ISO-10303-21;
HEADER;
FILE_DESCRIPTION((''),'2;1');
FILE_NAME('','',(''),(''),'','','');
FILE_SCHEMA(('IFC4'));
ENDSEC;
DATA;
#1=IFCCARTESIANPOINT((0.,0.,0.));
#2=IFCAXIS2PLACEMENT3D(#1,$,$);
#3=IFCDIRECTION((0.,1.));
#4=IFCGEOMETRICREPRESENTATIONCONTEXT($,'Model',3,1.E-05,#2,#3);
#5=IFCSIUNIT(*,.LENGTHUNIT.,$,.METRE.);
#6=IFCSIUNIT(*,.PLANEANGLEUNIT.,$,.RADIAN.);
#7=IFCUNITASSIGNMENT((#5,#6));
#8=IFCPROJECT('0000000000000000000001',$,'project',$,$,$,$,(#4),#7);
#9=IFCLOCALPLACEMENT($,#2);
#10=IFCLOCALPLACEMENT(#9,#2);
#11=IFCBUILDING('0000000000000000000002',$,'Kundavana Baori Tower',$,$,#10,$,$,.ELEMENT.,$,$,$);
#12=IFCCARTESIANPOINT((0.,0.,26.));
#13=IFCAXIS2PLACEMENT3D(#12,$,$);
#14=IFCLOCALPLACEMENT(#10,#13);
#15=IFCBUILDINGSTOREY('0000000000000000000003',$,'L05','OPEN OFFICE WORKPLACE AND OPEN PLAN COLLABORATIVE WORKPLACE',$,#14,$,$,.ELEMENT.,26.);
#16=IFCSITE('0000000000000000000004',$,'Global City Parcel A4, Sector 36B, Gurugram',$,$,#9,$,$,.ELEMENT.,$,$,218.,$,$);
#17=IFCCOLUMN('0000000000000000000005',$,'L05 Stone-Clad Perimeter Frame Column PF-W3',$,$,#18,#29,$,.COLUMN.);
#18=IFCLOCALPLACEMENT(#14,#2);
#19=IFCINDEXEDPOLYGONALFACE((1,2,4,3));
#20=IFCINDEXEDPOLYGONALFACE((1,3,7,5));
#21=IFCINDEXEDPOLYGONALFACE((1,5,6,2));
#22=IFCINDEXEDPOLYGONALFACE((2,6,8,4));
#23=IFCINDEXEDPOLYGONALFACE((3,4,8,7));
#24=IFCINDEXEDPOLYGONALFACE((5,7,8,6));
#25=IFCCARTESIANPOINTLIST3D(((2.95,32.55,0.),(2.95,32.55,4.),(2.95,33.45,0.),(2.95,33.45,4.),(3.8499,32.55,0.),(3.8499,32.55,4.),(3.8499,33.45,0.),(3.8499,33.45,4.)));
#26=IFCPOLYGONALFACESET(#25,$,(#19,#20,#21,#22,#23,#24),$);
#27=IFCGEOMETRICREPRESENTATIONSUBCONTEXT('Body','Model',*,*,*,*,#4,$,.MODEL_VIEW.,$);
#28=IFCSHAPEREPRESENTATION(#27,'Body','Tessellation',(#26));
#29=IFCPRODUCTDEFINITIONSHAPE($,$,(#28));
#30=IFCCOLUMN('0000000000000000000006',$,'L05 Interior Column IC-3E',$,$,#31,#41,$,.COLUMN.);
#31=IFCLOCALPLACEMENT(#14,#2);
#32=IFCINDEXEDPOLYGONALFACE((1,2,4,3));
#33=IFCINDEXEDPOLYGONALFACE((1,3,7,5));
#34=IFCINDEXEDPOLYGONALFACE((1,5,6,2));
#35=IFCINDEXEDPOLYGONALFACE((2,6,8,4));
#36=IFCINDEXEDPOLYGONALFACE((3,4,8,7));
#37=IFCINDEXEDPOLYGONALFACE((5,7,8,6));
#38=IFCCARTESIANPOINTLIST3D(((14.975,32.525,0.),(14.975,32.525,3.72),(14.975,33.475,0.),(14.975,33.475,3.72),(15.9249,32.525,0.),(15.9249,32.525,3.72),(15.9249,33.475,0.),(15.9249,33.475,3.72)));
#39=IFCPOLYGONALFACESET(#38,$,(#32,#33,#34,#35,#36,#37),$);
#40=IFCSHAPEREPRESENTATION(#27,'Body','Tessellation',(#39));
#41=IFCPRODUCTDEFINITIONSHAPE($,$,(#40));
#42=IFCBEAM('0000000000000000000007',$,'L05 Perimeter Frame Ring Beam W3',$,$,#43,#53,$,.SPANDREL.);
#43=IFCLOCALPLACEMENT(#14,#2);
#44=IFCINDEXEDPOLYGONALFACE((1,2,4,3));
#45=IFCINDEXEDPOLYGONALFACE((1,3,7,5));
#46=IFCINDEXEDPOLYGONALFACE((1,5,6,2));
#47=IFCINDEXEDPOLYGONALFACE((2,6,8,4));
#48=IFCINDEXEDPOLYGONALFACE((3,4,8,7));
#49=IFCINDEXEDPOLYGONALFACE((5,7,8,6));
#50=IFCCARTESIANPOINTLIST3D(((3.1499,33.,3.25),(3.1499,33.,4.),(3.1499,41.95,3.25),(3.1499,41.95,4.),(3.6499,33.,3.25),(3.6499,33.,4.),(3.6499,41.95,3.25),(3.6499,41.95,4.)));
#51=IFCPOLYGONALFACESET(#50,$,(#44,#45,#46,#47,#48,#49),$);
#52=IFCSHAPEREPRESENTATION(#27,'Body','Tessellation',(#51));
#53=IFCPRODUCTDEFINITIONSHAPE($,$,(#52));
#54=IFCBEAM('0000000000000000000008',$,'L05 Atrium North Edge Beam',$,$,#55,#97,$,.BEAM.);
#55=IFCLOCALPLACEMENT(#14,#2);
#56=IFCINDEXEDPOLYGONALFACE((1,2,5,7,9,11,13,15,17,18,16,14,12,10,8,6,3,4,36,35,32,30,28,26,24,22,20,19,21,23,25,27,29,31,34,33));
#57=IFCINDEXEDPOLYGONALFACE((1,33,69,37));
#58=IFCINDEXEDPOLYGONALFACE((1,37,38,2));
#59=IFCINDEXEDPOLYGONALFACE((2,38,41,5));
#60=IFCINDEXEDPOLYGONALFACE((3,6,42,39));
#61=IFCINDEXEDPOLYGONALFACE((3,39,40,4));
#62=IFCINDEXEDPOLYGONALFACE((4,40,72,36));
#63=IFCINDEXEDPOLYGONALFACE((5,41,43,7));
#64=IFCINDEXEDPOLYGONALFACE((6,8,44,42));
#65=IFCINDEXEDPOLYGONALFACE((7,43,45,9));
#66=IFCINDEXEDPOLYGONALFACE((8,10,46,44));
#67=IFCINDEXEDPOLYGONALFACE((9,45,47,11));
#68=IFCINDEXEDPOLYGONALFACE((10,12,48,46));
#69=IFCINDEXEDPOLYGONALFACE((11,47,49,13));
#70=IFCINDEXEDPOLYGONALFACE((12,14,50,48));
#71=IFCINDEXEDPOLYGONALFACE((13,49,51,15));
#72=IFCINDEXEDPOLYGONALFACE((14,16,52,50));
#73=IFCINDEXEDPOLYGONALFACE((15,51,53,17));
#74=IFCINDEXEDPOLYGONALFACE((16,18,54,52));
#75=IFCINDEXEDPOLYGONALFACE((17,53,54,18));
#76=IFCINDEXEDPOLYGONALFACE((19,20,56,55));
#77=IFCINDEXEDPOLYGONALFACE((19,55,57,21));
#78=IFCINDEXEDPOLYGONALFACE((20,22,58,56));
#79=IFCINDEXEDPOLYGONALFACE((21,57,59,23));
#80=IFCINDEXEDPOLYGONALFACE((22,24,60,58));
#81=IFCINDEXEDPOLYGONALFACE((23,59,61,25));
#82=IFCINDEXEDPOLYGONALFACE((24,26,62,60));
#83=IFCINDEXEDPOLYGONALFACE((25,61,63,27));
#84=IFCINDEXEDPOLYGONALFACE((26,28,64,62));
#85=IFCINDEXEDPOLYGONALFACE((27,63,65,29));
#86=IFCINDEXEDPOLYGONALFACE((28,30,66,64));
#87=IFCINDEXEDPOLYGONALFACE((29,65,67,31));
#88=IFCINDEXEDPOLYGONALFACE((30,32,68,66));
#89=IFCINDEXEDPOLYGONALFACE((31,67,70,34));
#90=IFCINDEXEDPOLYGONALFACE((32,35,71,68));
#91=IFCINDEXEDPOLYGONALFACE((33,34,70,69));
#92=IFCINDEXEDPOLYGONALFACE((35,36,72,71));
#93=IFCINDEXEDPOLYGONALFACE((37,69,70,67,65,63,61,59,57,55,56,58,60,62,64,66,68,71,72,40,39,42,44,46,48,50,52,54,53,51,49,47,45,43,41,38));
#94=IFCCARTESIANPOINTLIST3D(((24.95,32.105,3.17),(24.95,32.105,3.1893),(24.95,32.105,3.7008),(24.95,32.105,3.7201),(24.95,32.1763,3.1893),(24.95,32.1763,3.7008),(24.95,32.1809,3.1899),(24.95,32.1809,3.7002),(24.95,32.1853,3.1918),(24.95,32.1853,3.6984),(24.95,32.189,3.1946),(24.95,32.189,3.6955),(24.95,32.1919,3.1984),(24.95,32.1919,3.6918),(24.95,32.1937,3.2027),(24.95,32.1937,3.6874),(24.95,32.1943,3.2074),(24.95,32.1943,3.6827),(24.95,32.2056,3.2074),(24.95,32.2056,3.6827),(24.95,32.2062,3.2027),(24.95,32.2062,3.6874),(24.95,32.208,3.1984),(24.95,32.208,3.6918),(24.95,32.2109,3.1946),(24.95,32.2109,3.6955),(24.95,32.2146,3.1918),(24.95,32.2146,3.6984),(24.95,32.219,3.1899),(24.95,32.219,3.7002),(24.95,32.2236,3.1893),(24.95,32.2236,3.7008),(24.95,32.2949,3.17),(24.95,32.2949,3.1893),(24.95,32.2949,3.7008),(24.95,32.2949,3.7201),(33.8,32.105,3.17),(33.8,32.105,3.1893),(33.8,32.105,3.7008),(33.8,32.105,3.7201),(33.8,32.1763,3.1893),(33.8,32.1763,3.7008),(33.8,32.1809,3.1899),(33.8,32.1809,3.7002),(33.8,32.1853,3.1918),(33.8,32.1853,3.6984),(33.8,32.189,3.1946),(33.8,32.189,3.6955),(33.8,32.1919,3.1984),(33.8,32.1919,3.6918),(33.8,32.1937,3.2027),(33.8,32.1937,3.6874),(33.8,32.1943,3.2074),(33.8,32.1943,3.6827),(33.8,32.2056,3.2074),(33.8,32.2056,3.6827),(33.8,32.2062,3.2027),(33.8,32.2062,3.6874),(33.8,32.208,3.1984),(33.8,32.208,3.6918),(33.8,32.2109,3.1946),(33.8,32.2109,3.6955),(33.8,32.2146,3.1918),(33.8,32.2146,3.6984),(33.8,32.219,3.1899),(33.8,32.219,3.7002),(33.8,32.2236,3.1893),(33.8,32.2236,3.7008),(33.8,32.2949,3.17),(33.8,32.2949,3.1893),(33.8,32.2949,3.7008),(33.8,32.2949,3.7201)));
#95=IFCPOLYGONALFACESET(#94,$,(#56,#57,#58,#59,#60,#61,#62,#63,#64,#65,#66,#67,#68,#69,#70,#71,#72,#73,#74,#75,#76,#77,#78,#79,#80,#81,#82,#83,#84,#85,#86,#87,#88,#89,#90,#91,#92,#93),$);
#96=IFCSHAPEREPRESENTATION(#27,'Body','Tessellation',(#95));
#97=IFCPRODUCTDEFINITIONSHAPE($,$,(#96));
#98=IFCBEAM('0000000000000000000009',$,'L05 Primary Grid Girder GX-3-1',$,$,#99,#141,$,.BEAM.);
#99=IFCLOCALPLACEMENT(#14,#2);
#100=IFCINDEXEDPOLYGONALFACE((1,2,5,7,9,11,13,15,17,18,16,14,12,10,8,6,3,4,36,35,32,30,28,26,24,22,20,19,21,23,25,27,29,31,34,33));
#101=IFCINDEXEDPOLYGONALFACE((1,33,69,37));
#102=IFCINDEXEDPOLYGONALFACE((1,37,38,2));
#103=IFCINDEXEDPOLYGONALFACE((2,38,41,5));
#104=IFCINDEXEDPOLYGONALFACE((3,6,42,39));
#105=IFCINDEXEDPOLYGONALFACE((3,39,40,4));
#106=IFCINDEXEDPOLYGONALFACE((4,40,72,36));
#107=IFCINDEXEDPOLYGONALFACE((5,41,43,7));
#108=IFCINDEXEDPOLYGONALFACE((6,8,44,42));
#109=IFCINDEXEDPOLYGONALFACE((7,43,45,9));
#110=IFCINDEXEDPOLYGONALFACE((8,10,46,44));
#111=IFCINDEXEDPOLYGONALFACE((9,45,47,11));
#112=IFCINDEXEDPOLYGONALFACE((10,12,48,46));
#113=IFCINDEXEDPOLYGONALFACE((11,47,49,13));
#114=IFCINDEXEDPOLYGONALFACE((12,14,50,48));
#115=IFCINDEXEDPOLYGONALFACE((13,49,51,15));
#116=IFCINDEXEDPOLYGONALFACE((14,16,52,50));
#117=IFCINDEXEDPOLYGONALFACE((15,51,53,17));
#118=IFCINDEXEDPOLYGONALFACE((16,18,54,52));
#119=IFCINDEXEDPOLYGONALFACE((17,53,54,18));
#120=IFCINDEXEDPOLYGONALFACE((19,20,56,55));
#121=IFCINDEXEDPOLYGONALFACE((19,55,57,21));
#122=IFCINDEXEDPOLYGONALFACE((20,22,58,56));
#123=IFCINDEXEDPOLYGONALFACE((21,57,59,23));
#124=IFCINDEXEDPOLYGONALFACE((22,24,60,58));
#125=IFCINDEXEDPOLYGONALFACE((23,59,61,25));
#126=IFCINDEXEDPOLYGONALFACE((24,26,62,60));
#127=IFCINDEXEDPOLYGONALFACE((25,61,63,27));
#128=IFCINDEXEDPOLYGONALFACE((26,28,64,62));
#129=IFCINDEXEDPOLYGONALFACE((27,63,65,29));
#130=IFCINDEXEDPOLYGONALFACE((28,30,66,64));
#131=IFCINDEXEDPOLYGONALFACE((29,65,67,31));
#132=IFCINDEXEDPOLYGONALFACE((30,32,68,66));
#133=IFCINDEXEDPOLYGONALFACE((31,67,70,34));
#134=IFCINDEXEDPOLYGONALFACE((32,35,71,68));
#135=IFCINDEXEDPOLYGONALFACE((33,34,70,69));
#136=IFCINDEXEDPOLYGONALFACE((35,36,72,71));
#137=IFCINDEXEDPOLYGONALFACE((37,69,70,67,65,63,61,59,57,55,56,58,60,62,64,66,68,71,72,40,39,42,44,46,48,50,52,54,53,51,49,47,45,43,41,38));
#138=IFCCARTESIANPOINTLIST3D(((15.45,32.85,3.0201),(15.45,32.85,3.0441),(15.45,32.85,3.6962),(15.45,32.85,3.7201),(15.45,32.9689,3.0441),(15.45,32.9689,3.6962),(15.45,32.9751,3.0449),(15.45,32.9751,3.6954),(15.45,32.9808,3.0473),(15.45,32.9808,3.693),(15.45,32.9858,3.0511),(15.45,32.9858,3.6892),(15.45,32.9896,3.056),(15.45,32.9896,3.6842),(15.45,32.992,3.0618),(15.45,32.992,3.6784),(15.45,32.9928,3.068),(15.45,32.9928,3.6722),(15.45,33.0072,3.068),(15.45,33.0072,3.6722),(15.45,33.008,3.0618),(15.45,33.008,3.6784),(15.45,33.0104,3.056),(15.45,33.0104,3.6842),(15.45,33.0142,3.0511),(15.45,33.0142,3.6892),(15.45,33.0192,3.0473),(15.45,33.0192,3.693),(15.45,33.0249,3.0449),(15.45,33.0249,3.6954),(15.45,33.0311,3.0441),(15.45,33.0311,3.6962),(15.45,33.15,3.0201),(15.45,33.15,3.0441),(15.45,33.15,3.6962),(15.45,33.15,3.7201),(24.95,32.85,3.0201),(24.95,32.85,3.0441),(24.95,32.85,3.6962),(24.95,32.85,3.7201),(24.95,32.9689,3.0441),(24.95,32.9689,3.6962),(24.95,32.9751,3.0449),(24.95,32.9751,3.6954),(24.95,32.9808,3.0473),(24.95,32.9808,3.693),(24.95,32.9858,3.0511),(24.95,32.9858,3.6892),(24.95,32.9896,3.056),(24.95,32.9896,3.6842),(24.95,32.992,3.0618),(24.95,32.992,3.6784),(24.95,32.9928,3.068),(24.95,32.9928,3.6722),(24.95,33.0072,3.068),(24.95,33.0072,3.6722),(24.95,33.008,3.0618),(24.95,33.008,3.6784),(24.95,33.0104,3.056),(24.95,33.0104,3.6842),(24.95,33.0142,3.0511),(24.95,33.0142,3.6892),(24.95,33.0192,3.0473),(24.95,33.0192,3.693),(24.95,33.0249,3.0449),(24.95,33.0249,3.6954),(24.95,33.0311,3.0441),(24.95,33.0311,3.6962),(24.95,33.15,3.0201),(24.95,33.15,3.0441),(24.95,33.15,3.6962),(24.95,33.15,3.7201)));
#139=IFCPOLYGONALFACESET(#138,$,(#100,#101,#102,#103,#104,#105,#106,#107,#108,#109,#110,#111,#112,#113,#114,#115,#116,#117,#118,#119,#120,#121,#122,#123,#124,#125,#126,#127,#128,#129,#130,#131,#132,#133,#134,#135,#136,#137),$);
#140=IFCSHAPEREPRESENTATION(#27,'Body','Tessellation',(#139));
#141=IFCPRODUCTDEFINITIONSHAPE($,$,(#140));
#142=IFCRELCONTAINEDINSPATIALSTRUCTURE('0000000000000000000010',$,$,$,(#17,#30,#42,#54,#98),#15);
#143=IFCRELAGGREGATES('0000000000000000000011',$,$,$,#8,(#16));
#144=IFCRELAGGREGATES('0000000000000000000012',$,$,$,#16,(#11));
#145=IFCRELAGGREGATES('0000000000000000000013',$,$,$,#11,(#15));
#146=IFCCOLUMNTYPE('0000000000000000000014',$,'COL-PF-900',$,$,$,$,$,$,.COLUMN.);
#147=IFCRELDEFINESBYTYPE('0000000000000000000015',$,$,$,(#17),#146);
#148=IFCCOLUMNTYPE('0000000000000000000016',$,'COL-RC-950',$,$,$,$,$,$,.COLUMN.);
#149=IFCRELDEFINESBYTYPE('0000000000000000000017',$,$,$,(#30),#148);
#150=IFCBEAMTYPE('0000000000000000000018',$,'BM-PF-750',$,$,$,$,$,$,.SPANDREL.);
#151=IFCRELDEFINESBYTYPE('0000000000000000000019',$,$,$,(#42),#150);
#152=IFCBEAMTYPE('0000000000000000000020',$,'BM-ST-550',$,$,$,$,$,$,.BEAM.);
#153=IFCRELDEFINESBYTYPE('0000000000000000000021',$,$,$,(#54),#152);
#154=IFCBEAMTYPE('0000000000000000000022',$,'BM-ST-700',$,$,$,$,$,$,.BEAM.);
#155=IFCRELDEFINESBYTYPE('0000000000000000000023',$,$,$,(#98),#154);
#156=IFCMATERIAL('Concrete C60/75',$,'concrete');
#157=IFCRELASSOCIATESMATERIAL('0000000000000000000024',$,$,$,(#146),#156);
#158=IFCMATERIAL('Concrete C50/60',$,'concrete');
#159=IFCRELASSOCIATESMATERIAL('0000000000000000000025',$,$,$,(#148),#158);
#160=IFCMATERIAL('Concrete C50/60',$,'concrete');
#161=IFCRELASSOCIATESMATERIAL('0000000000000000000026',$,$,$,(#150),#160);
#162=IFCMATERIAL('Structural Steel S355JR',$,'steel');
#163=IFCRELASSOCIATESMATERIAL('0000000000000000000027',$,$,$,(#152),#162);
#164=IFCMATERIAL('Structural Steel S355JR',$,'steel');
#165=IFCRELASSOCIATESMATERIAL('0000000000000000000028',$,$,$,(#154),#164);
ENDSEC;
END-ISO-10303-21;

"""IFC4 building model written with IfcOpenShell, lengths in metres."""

from ifc_helpers import new_model, si_unit, direction, frame, origin, origin_2d, place, context, subcontext, project, spatial, rectangle, i_section, extrude, material, material_profile, profile_set, type_object, element, save


model = new_model("IFC4")

# Units and contexts
model_context = context("Model", 3, precision=1e-05, world=origin(), true_north=direction((0.0, 1.0)))
body_context = subcontext(model_context, "Body", "Model", "MODEL_VIEW")
ifc_project = project(units=[si_unit("LENGTHUNIT", "METRE"), si_unit("PLANEANGLEUNIT", "RADIAN")], contexts=[model_context])

# Site, building, storey
site_placement = place(None, origin())
site = spatial("IfcSite", under=ifc_project, at=site_placement, Name="Global City Parcel A4, Sector 36B, Gurugram", CompositionType="ELEMENT", RefElevation=218.0)
building_placement = place(site_placement, origin())
building = spatial("IfcBuilding", under=site, at=building_placement, Name="Kundavana Baori Tower", CompositionType="ELEMENT")
storey_placement = place(building_placement, frame((0.0, 0.0, 26.0)))
storey = spatial("IfcBuildingStorey", under=building, at=storey_placement, Name="L05", Description="OPEN OFFICE WORKPLACE AND OPEN PLAN COLLABORATIVE WORKPLACE", CompositionType="ELEMENT", Elevation=26.0)

# Columns
ifc_material_1 = material(Name="Concrete C60/75", Category="concrete")
ifc_material_profile_1 = material_profile(ifc_material_1, rectangle(XDim=0.8999, YDim=0.8999, at=origin_2d()), Name="RC PF 900x900")
ifc_profile_set_1 = profile_set([ifc_material_profile_1], Name="Concrete C60/75")
column_type_1 = type_object("IfcColumnType", Name="COL-PF-900", PredefinedType="COLUMN", material=ifc_profile_set_1)
column_1_placement = place(storey_placement, frame((3.3999, 33.0, 0.0), z_axis=(0.0, 0.0, 1.0), x_axis=(1.0, 0.0, 0.0)))
element("IfcColumn", 1, at=column_1_placement, inside=storey, type_object=column_type_1, Name="L05 Stone-Clad Perimeter Frame Column PF-W3", PredefinedType="COLUMN", context=body_context, shape_type="SweptSolid", body=[
    extrude(rectangle(XDim=0.8999, YDim=0.8999, at=origin_2d()), origin(), (0.0, 0.0, 1.0), 4.0),
])
ifc_material_2 = material(Name="Concrete C50/60", Category="concrete")
ifc_material_profile_2 = material_profile(ifc_material_2, rectangle(XDim=0.95, YDim=0.95, at=origin_2d()), Name="RC 950x950")
ifc_profile_set_2 = profile_set([ifc_material_profile_2], Name="Concrete C50/60")
column_type_2 = type_object("IfcColumnType", Name="COL-RC-950", PredefinedType="COLUMN", material=ifc_profile_set_2)
column_2_placement = place(storey_placement, frame((15.45, 33.0, 0.0), z_axis=(0.0, 0.0, 1.0), x_axis=(1.0, 0.0, 0.0)))
element("IfcColumn", 2, at=column_2_placement, inside=storey, type_object=column_type_2, Name="L05 Interior Column IC-3E", PredefinedType="COLUMN", context=body_context, shape_type="SweptSolid", body=[
    extrude(rectangle(XDim=0.95, YDim=0.95, at=origin_2d()), origin(), (0.0, 0.0, 1.0), 3.72),
])

# Beams
ifc_material_3 = material(Name="Concrete C50/60", Category="concrete")
ifc_material_profile_3 = material_profile(ifc_material_3, rectangle(XDim=0.5, YDim=0.75, at=origin_2d()), Name="RC BM 500x750")
ifc_profile_set_3 = profile_set([ifc_material_profile_3], Name="Concrete C50/60")
beam_type_1 = type_object("IfcBeamType", Name="BM-PF-750", PredefinedType="SPANDREL", material=ifc_profile_set_3)
beam_1_placement = place(storey_placement, frame((3.3999, 33.0, 3.625), z_axis=(0.0, 1.0, 0.0), x_axis=(-1.0, 0.0, 0.0)))
element("IfcBeam", 3, at=beam_1_placement, inside=storey, type_object=beam_type_1, Name="L05 Perimeter Frame Ring Beam W3", PredefinedType="SPANDREL", context=body_context, shape_type="SweptSolid", body=[
    extrude(rectangle(XDim=0.5, YDim=0.75, at=origin_2d()), origin(), (0.0, 0.0, 1.0), 8.95),
])
ifc_material_4 = material(Name="Structural Steel S355JR", Category="steel")
ifc_material_profile_4 = material_profile(ifc_material_4, i_section(OverallWidth=0.1899, OverallDepth=0.55, WebThickness=0.0112, FlangeThickness=0.0193, FilletRadius=0.0181, at=origin_2d()), Name="ISMB 550")
ifc_profile_set_4 = profile_set([ifc_material_profile_4], Name="Structural Steel S355JR")
beam_type_2 = type_object("IfcBeamType", Name="BM-ST-550", PredefinedType="BEAM", material=ifc_profile_set_4)
beam_2_placement = place(storey_placement, frame((24.95, 32.2, 3.4451), z_axis=(1.0, 0.0, 0.0), x_axis=(0.0, 1.0, 0.0)))
element("IfcBeam", 4, at=beam_2_placement, inside=storey, type_object=beam_type_2, Name="L05 Atrium North Edge Beam", PredefinedType="BEAM", context=body_context, shape_type="SweptSolid", body=[
    extrude(i_section(OverallWidth=0.1899, OverallDepth=0.55, WebThickness=0.0112, FlangeThickness=0.0193, FilletRadius=0.0181, at=origin_2d()), origin(), (0.0, 0.0, 1.0), 8.8501),
])
ifc_material_5 = material(Name="Structural Steel S355JR", Category="steel")
ifc_material_profile_5 = material_profile(ifc_material_5, i_section(OverallWidth=0.3, OverallDepth=0.7, WebThickness=0.0144, FlangeThickness=0.0239, FilletRadius=0.0239, at=origin_2d()), Name="NPB 700x300x170")
ifc_profile_set_5 = profile_set([ifc_material_profile_5], Name="Structural Steel S355JR")
beam_type_3 = type_object("IfcBeamType", Name="BM-ST-700", PredefinedType="BEAM", material=ifc_profile_set_5)
beam_3_placement = place(storey_placement, frame((15.45, 33.0, 3.3701), z_axis=(1.0, 0.0, 0.0), x_axis=(0.0, 1.0, 0.0)))
element("IfcBeam", 5, at=beam_3_placement, inside=storey, type_object=beam_type_3, Name="L05 Primary Grid Girder GX-3-1", PredefinedType="BEAM", context=body_context, shape_type="SweptSolid", body=[
    extrude(i_section(OverallWidth=0.3, OverallDepth=0.7, WebThickness=0.0144, FlangeThickness=0.0239, FilletRadius=0.0239, at=origin_2d()), origin(), (0.0, 0.0, 1.0), 9.5),
])

save(model, "model.ifc")
